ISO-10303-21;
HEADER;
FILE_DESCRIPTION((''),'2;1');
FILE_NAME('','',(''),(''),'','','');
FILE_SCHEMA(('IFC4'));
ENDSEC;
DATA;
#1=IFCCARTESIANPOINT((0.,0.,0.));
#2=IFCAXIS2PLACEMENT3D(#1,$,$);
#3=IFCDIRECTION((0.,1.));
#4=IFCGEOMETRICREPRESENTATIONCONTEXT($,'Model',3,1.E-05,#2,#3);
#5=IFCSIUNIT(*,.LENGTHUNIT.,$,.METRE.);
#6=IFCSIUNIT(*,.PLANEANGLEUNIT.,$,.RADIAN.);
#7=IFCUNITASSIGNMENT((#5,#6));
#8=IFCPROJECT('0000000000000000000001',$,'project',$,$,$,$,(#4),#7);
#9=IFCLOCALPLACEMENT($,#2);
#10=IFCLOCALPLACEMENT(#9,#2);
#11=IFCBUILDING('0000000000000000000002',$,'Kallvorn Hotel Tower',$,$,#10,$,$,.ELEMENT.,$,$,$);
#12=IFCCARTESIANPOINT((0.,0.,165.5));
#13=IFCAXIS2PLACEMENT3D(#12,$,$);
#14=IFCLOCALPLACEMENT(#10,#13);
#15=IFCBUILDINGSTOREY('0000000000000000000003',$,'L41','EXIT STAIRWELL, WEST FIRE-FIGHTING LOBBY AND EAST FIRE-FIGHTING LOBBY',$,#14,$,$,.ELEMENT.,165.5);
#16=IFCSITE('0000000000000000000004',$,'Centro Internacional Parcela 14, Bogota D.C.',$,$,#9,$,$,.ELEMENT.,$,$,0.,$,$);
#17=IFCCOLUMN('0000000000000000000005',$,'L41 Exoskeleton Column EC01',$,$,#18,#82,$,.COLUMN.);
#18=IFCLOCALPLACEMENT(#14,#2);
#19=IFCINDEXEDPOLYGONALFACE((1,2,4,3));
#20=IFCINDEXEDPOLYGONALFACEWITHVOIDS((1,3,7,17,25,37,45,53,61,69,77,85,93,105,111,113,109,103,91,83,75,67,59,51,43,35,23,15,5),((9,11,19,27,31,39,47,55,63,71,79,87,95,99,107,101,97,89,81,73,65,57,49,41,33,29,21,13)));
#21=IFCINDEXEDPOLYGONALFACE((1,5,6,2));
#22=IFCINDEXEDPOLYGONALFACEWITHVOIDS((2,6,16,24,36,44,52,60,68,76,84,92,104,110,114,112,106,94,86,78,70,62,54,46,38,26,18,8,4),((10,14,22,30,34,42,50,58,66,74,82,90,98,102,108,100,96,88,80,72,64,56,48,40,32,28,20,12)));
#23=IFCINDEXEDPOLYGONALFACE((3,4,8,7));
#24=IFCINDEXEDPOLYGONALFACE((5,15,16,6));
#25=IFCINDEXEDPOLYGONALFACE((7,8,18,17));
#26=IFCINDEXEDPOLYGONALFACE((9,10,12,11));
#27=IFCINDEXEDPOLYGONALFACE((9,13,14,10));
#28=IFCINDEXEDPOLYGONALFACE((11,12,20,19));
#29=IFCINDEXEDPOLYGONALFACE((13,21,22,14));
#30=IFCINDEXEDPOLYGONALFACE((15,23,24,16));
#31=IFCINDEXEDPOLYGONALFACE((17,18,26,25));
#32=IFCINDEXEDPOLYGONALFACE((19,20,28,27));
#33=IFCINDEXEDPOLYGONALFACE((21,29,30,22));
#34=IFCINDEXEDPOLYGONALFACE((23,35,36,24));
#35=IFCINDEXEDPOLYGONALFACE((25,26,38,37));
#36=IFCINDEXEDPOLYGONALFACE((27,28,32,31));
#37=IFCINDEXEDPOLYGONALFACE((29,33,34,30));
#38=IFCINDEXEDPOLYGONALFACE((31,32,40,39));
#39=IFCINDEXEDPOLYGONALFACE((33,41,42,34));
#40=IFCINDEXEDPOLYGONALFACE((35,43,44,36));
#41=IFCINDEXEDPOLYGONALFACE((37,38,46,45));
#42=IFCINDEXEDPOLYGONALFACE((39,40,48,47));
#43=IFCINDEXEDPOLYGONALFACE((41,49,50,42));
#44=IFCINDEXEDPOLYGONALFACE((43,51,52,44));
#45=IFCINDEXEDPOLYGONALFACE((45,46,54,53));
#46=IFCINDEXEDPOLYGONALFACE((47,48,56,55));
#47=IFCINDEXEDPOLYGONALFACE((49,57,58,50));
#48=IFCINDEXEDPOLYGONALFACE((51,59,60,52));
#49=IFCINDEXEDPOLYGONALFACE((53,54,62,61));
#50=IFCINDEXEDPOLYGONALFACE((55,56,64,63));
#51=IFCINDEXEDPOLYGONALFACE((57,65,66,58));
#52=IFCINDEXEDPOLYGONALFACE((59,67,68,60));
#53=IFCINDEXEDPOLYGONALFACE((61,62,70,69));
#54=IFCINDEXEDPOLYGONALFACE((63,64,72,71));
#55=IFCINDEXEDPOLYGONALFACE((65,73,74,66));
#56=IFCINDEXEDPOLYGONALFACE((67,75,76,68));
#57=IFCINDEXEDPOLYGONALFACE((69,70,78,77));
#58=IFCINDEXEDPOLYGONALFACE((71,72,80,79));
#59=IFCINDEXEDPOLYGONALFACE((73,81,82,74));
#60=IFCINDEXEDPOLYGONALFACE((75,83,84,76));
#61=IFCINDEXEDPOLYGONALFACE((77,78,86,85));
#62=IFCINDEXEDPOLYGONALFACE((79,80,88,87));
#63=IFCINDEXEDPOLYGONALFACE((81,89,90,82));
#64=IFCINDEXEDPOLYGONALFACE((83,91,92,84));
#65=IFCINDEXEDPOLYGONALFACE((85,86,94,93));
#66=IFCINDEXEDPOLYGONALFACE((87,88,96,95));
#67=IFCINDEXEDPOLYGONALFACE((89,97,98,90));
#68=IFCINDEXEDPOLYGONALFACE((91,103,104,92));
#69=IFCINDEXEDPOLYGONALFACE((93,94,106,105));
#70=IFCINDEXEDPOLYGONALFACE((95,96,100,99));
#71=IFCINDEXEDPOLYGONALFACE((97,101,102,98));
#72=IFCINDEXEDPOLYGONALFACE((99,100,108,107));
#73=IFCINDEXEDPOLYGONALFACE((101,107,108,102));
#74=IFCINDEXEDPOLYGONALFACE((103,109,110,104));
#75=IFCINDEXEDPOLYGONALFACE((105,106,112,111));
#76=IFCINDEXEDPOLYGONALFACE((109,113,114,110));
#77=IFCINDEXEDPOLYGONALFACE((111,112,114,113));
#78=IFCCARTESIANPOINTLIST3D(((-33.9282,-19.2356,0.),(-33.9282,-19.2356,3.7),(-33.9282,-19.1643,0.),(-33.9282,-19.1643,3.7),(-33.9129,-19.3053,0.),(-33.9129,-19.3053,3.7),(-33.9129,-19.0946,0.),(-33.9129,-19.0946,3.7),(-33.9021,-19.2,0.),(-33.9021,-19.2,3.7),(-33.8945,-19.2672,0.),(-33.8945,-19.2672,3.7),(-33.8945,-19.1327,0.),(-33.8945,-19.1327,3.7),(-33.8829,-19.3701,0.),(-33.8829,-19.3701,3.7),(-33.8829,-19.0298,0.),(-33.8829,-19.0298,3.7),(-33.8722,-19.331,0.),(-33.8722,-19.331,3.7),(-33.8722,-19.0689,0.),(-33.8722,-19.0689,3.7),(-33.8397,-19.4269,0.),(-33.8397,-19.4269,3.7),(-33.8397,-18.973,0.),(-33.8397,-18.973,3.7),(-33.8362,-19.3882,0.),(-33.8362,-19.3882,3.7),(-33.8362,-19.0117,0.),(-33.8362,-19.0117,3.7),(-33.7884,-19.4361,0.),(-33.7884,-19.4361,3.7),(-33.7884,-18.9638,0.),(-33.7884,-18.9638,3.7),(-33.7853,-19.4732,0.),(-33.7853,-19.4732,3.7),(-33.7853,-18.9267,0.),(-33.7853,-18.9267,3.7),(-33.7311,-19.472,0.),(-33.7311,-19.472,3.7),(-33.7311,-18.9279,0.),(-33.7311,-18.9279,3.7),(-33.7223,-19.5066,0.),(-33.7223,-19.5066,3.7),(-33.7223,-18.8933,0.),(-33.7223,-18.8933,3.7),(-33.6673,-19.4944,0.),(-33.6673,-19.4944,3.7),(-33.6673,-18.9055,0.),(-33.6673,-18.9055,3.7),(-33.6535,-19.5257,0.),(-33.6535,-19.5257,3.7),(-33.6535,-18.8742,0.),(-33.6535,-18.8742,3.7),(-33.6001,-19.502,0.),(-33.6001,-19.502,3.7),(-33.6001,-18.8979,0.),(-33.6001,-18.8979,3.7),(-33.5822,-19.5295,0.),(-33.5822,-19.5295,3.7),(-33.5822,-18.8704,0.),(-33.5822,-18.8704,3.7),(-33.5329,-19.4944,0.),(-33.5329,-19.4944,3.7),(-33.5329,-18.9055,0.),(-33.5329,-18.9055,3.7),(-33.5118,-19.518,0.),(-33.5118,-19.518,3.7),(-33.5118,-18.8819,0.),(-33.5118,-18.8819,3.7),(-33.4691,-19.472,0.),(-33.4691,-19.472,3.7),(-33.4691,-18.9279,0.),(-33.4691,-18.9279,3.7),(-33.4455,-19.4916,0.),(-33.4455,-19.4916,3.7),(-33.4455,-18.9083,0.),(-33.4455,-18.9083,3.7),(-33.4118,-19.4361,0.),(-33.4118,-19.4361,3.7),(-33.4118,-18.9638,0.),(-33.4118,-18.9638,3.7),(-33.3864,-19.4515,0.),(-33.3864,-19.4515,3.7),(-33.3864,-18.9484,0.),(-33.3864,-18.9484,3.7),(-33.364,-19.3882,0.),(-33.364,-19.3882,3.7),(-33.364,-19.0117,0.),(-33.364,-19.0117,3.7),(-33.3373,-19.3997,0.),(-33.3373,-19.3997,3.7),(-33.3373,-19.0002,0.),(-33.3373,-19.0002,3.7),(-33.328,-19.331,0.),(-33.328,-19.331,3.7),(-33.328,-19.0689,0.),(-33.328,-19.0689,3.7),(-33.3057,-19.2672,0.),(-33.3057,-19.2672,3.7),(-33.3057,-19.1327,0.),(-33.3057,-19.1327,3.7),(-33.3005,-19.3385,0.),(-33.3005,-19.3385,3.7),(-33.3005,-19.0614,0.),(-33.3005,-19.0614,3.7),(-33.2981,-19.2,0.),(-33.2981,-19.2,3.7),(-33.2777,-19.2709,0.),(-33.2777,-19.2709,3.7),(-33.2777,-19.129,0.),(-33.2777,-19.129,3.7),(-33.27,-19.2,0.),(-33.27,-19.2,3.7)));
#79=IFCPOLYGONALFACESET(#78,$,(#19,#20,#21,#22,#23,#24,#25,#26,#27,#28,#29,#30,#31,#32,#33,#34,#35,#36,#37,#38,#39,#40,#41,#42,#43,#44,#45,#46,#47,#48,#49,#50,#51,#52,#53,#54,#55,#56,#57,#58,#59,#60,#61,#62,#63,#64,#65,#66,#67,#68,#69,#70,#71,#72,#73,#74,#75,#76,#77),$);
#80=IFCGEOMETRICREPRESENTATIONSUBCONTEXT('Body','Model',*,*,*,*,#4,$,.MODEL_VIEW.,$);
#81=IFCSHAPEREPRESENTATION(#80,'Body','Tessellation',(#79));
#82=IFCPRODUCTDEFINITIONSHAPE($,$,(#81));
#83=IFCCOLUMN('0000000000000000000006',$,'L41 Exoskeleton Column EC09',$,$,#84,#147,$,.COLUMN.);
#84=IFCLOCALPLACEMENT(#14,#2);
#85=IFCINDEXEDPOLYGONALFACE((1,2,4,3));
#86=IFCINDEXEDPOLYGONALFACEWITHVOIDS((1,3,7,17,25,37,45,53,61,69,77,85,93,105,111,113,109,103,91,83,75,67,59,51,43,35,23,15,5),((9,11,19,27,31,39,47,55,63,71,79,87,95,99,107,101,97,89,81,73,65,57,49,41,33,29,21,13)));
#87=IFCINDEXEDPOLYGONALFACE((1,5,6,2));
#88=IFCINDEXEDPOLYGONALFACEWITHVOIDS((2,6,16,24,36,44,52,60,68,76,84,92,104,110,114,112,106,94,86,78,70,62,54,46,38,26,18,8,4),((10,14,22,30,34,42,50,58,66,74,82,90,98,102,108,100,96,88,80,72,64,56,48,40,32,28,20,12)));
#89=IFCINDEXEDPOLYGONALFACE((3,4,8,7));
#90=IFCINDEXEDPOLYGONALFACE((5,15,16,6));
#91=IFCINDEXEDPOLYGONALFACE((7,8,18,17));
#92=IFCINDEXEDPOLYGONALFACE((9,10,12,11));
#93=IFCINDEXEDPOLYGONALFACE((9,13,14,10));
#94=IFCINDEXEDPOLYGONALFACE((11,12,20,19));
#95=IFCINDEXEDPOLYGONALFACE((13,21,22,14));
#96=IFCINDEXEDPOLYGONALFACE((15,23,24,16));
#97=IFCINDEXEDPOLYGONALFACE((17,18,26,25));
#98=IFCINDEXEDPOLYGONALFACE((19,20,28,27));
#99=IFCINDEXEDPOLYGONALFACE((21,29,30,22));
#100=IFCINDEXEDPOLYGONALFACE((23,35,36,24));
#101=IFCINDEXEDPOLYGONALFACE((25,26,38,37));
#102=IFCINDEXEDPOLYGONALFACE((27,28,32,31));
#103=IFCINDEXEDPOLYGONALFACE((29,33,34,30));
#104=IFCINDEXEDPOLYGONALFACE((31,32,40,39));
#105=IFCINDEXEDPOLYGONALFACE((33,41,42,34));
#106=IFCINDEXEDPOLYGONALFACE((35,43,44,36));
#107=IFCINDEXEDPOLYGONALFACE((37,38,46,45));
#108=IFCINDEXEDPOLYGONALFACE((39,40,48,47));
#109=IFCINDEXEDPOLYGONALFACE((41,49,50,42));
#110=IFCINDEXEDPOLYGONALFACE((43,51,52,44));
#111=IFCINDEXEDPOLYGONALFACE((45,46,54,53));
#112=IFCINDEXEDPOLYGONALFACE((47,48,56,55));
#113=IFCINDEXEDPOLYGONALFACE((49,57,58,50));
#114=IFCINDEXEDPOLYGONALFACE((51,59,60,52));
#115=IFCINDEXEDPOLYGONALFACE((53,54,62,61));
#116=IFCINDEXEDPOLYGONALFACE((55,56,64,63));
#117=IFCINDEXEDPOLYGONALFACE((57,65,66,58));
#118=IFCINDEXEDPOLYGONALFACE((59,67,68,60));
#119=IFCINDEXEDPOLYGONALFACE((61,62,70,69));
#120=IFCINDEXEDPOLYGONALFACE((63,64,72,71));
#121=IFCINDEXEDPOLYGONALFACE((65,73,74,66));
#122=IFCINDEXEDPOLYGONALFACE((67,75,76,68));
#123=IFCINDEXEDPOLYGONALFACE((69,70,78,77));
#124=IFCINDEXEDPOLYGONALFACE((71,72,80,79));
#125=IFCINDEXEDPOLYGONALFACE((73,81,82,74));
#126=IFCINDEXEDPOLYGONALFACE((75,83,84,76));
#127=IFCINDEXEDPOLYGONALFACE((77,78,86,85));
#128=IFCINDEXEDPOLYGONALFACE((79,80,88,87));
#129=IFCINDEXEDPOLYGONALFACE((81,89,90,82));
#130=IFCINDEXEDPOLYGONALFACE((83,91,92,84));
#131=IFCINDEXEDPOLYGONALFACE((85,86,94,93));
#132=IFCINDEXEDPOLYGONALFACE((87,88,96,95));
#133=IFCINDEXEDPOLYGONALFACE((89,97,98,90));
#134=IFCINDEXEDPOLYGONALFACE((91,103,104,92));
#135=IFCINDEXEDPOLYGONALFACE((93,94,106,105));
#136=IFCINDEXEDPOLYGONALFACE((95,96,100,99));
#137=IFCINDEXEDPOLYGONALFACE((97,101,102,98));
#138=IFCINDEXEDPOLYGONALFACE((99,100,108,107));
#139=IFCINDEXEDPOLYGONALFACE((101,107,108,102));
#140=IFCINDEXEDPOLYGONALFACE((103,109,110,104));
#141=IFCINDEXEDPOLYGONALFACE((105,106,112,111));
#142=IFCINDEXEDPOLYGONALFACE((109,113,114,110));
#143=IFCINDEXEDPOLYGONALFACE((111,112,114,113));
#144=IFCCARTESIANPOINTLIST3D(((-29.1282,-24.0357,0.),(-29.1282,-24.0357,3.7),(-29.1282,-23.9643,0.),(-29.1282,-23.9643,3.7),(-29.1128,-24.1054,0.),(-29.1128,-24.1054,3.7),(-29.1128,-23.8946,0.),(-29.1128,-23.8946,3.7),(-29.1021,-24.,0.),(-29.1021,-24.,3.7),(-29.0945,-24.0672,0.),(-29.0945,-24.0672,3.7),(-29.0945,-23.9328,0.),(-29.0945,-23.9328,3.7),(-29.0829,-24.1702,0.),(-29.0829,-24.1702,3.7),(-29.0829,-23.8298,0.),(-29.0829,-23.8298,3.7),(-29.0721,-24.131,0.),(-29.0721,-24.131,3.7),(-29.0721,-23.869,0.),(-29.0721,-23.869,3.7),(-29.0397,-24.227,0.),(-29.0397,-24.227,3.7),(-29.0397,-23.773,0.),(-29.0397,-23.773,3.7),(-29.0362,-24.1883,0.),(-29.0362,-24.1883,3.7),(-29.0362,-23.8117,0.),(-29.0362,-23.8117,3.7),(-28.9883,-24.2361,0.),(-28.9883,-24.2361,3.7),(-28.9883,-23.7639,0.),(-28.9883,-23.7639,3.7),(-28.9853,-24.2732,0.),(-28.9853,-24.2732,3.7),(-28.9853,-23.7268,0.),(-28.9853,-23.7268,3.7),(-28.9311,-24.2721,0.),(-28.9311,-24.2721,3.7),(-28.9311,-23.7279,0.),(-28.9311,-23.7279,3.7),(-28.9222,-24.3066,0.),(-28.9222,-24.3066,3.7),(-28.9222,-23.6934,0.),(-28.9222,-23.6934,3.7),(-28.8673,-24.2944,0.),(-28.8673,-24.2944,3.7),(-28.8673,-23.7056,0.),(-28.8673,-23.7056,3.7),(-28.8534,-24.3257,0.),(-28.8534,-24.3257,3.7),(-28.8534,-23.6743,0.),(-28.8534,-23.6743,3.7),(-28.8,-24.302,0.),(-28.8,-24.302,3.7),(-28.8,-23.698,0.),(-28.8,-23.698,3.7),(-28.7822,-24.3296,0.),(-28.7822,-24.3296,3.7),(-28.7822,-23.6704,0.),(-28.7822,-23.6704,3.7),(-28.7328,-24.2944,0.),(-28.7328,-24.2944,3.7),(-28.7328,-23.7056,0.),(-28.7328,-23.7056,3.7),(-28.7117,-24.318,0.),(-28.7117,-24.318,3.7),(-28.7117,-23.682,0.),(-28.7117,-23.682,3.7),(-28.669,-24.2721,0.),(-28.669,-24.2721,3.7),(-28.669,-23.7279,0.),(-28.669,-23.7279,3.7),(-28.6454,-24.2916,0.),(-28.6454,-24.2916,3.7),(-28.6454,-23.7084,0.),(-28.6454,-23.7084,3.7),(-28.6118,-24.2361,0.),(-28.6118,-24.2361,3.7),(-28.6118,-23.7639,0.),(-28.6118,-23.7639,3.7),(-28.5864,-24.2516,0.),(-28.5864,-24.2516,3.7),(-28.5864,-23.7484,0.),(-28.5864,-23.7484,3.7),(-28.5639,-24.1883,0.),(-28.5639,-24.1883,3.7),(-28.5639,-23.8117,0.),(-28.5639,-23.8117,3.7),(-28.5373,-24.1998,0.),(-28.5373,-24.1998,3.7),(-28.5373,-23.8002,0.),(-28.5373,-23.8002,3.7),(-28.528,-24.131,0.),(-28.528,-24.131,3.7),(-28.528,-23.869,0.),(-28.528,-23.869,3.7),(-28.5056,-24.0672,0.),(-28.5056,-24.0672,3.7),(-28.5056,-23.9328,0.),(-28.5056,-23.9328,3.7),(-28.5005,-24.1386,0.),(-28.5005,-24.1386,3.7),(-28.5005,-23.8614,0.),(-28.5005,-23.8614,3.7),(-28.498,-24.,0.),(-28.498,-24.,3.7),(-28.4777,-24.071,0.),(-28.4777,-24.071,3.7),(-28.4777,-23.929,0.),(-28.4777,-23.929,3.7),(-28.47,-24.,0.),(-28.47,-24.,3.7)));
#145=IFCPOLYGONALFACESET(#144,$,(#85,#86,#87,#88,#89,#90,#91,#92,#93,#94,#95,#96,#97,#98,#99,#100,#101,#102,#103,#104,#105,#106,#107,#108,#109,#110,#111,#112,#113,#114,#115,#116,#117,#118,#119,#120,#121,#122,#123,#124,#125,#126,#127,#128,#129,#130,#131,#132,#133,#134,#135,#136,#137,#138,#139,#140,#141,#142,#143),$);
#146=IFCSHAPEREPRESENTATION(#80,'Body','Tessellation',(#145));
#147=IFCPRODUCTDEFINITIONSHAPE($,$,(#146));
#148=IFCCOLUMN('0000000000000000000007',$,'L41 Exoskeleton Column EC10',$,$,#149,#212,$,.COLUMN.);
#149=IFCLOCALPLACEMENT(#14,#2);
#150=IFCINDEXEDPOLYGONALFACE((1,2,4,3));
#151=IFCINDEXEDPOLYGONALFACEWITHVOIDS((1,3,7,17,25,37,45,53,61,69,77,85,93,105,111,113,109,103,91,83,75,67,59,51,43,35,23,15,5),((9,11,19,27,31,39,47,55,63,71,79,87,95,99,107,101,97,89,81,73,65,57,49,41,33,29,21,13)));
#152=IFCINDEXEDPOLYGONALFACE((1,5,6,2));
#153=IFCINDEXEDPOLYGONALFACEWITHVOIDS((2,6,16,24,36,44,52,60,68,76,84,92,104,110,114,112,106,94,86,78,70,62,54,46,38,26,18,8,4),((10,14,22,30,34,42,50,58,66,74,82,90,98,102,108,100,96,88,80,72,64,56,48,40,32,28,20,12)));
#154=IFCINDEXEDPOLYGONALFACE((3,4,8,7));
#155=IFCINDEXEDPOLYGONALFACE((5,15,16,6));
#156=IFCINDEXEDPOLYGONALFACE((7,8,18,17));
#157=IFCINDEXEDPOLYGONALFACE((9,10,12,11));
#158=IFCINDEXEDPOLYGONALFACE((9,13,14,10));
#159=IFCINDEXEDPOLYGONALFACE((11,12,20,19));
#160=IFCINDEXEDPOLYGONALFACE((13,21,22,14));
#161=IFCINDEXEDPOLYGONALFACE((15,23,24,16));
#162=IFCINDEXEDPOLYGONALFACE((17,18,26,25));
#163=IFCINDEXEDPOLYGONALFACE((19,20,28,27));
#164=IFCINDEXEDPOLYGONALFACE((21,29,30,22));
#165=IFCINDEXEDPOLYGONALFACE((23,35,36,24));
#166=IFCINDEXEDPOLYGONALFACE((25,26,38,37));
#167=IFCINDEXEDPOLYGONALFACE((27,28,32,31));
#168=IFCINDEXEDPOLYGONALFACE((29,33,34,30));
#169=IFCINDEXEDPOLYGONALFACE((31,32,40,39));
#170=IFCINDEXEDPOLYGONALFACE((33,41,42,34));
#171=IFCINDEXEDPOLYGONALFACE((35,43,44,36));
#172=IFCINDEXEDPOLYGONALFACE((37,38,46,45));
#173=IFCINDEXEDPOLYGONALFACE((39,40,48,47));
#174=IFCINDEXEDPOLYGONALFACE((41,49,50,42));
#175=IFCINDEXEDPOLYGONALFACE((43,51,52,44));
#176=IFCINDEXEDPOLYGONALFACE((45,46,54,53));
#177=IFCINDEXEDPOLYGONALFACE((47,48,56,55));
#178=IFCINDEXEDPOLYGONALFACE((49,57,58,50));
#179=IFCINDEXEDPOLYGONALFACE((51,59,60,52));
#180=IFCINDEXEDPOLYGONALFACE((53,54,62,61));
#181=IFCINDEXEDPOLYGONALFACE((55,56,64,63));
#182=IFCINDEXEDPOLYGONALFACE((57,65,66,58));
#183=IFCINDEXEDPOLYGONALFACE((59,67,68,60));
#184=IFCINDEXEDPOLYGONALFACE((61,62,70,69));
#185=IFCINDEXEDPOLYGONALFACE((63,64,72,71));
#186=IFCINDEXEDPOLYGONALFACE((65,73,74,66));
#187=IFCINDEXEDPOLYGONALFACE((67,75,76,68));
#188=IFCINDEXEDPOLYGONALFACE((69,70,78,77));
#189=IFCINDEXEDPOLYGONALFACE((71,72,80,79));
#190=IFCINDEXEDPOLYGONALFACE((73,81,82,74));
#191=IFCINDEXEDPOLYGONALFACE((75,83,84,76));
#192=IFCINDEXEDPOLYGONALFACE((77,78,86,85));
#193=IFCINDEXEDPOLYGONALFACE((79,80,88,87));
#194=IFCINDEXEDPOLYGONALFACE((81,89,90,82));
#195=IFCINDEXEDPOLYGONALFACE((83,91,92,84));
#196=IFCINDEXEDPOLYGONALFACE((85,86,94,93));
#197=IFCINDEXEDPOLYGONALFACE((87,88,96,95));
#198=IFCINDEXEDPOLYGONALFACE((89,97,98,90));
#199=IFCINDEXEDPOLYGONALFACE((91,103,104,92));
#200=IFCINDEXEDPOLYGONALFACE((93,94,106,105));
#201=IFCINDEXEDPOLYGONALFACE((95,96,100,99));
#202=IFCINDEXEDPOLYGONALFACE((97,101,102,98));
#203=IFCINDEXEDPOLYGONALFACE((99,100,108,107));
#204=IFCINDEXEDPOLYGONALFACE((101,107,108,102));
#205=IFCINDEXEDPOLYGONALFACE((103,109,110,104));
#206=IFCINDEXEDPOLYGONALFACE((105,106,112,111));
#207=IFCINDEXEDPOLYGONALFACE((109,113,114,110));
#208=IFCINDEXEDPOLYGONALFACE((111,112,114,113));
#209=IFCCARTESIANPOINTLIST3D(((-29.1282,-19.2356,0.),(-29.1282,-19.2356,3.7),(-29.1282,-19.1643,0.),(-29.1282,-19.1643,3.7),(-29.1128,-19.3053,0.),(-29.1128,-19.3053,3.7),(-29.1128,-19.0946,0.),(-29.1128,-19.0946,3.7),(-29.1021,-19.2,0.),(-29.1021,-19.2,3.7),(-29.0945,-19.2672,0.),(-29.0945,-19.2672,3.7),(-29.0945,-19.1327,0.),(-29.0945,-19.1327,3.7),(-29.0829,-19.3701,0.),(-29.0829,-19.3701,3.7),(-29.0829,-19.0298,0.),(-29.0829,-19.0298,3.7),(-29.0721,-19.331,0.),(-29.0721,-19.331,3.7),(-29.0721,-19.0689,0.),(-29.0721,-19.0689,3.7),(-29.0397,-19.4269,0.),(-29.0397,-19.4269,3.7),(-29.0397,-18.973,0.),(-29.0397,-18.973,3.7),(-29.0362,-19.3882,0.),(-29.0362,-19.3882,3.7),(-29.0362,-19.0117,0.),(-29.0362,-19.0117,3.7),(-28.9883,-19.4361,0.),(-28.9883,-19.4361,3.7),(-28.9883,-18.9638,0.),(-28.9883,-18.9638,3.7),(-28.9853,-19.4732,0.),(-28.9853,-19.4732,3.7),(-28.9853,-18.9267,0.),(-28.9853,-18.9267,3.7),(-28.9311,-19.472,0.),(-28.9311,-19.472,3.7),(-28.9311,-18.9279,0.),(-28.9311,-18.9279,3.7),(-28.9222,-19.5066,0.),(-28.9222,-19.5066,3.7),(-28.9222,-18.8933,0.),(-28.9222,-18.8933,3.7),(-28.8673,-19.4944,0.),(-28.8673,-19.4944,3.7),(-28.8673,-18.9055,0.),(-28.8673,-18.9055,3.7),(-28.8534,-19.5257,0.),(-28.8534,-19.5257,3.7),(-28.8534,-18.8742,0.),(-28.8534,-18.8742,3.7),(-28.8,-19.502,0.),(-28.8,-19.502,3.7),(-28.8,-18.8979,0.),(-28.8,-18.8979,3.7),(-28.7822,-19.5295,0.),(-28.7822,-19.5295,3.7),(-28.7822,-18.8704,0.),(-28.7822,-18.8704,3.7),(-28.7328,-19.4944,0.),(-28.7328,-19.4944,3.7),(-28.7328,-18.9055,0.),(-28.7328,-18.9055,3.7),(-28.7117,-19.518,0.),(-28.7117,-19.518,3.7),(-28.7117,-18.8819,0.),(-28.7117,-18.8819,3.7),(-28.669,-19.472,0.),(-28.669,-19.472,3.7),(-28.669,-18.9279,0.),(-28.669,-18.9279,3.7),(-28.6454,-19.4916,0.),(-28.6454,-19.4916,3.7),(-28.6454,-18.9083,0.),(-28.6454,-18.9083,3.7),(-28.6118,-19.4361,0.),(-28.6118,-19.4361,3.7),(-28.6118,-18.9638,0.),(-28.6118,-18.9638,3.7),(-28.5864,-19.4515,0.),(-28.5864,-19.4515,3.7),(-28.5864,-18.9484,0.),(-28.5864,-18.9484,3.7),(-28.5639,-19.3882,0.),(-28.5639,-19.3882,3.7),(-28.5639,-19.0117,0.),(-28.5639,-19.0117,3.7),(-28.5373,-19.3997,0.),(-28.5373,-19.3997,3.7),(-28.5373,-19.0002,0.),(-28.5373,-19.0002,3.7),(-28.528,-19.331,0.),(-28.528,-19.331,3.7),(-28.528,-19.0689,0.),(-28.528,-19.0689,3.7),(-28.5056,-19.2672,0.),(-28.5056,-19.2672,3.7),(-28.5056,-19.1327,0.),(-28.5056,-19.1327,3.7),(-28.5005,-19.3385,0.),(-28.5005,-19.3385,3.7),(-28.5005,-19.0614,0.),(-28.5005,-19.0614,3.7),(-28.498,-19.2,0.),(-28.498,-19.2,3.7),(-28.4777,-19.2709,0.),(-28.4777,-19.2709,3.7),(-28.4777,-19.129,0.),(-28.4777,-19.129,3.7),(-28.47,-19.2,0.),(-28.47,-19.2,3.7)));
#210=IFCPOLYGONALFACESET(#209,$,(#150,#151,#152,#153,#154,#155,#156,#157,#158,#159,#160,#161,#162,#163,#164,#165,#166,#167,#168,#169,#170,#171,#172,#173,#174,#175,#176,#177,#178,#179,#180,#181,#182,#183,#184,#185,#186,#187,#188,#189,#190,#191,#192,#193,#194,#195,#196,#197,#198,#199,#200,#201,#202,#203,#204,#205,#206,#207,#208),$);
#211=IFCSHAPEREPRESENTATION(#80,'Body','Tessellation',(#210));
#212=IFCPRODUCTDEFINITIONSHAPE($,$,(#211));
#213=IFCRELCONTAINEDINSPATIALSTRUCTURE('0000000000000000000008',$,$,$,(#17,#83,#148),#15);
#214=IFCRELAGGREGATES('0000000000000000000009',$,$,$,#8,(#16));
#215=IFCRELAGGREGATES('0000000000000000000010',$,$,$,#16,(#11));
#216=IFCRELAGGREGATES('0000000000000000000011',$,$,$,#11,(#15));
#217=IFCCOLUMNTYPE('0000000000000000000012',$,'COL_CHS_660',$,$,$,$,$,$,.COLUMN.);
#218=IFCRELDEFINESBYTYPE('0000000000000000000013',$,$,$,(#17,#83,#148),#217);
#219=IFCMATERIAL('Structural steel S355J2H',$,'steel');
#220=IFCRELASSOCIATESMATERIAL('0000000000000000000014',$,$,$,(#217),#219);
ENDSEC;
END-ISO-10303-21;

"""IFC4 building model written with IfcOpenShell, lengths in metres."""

from ifc_helpers import new_model, si_unit, direction, frame, origin, origin_2d, place, context, subcontext, project, spatial, hollow_circle, extrude, material, material_profile, profile_set, type_object, element, save


model = new_model("IFC4")

# Units and contexts
model_context = context("Model", 3, precision=1e-05, world=origin(), true_north=direction((0.0, 1.0)))
body_context = subcontext(model_context, "Body", "Model", "MODEL_VIEW")
ifc_project = project(units=[si_unit("LENGTHUNIT", "METRE"), si_unit("PLANEANGLEUNIT", "RADIAN")], contexts=[model_context])

# Site, building, storey
site_placement = place(None, origin())
site = spatial("IfcSite", under=ifc_project, at=site_placement, Name="Centro Internacional Parcela 14, Bogota D.C.", CompositionType="ELEMENT", RefElevation=0.0)
building_placement = place(site_placement, origin())
building = spatial("IfcBuilding", under=site, at=building_placement, Name="Kallvorn Hotel Tower", CompositionType="ELEMENT")
storey_placement = place(building_placement, frame((0.0, 0.0, 165.5)))
storey = spatial("IfcBuildingStorey", under=building, at=storey_placement, Name="L41", Description="EXIT STAIRWELL, WEST FIRE-FIGHTING LOBBY AND EAST FIRE-FIGHTING LOBBY", CompositionType="ELEMENT", Elevation=165.5)

# Columns
ifc_material_1 = material(Name="Structural steel S355J2H", Category="steel")
ifc_material_profile_1 = material_profile(ifc_material_1, hollow_circle(Radius=0.3301, WallThickness=0.0281, at=origin_2d()), Name="CHS 660x28")
ifc_profile_set_1 = profile_set([ifc_material_profile_1], Name="Structural steel S355J2H")
column_type = type_object("IfcColumnType", Name="COL_CHS_660", PredefinedType="COLUMN", material=ifc_profile_set_1)
for number, where, z_axis, x_axis, name in (
    (1, (-33.6001, -19.2, 0.0), (0.0, 0.0, 1.0), (1.0, 0.0, 0.0), "L41 Exoskeleton Column EC01"),
    (2, (-28.8, -24.0, 0.0), (0.0, 0.0, 1.0), (1.0, 0.0, 0.0), "L41 Exoskeleton Column EC09"),
    (3, (-28.8, -19.2, 0.0), (0.0, 0.0, 1.0), (1.0, 0.0, 0.0), "L41 Exoskeleton Column EC10"),
):
    element("IfcColumn", number, at=place(storey_placement, frame(where, z_axis=z_axis, x_axis=x_axis)), inside=storey, type_object=column_type, Name=name, PredefinedType="COLUMN", context=body_context, shape_type="SweptSolid", body=[
        extrude(hollow_circle(Radius=0.3301, WallThickness=0.0281, at=origin_2d()), origin(), (0.0, 0.0, 1.0), 3.7),
    ])

save(model, "model.ifc")
